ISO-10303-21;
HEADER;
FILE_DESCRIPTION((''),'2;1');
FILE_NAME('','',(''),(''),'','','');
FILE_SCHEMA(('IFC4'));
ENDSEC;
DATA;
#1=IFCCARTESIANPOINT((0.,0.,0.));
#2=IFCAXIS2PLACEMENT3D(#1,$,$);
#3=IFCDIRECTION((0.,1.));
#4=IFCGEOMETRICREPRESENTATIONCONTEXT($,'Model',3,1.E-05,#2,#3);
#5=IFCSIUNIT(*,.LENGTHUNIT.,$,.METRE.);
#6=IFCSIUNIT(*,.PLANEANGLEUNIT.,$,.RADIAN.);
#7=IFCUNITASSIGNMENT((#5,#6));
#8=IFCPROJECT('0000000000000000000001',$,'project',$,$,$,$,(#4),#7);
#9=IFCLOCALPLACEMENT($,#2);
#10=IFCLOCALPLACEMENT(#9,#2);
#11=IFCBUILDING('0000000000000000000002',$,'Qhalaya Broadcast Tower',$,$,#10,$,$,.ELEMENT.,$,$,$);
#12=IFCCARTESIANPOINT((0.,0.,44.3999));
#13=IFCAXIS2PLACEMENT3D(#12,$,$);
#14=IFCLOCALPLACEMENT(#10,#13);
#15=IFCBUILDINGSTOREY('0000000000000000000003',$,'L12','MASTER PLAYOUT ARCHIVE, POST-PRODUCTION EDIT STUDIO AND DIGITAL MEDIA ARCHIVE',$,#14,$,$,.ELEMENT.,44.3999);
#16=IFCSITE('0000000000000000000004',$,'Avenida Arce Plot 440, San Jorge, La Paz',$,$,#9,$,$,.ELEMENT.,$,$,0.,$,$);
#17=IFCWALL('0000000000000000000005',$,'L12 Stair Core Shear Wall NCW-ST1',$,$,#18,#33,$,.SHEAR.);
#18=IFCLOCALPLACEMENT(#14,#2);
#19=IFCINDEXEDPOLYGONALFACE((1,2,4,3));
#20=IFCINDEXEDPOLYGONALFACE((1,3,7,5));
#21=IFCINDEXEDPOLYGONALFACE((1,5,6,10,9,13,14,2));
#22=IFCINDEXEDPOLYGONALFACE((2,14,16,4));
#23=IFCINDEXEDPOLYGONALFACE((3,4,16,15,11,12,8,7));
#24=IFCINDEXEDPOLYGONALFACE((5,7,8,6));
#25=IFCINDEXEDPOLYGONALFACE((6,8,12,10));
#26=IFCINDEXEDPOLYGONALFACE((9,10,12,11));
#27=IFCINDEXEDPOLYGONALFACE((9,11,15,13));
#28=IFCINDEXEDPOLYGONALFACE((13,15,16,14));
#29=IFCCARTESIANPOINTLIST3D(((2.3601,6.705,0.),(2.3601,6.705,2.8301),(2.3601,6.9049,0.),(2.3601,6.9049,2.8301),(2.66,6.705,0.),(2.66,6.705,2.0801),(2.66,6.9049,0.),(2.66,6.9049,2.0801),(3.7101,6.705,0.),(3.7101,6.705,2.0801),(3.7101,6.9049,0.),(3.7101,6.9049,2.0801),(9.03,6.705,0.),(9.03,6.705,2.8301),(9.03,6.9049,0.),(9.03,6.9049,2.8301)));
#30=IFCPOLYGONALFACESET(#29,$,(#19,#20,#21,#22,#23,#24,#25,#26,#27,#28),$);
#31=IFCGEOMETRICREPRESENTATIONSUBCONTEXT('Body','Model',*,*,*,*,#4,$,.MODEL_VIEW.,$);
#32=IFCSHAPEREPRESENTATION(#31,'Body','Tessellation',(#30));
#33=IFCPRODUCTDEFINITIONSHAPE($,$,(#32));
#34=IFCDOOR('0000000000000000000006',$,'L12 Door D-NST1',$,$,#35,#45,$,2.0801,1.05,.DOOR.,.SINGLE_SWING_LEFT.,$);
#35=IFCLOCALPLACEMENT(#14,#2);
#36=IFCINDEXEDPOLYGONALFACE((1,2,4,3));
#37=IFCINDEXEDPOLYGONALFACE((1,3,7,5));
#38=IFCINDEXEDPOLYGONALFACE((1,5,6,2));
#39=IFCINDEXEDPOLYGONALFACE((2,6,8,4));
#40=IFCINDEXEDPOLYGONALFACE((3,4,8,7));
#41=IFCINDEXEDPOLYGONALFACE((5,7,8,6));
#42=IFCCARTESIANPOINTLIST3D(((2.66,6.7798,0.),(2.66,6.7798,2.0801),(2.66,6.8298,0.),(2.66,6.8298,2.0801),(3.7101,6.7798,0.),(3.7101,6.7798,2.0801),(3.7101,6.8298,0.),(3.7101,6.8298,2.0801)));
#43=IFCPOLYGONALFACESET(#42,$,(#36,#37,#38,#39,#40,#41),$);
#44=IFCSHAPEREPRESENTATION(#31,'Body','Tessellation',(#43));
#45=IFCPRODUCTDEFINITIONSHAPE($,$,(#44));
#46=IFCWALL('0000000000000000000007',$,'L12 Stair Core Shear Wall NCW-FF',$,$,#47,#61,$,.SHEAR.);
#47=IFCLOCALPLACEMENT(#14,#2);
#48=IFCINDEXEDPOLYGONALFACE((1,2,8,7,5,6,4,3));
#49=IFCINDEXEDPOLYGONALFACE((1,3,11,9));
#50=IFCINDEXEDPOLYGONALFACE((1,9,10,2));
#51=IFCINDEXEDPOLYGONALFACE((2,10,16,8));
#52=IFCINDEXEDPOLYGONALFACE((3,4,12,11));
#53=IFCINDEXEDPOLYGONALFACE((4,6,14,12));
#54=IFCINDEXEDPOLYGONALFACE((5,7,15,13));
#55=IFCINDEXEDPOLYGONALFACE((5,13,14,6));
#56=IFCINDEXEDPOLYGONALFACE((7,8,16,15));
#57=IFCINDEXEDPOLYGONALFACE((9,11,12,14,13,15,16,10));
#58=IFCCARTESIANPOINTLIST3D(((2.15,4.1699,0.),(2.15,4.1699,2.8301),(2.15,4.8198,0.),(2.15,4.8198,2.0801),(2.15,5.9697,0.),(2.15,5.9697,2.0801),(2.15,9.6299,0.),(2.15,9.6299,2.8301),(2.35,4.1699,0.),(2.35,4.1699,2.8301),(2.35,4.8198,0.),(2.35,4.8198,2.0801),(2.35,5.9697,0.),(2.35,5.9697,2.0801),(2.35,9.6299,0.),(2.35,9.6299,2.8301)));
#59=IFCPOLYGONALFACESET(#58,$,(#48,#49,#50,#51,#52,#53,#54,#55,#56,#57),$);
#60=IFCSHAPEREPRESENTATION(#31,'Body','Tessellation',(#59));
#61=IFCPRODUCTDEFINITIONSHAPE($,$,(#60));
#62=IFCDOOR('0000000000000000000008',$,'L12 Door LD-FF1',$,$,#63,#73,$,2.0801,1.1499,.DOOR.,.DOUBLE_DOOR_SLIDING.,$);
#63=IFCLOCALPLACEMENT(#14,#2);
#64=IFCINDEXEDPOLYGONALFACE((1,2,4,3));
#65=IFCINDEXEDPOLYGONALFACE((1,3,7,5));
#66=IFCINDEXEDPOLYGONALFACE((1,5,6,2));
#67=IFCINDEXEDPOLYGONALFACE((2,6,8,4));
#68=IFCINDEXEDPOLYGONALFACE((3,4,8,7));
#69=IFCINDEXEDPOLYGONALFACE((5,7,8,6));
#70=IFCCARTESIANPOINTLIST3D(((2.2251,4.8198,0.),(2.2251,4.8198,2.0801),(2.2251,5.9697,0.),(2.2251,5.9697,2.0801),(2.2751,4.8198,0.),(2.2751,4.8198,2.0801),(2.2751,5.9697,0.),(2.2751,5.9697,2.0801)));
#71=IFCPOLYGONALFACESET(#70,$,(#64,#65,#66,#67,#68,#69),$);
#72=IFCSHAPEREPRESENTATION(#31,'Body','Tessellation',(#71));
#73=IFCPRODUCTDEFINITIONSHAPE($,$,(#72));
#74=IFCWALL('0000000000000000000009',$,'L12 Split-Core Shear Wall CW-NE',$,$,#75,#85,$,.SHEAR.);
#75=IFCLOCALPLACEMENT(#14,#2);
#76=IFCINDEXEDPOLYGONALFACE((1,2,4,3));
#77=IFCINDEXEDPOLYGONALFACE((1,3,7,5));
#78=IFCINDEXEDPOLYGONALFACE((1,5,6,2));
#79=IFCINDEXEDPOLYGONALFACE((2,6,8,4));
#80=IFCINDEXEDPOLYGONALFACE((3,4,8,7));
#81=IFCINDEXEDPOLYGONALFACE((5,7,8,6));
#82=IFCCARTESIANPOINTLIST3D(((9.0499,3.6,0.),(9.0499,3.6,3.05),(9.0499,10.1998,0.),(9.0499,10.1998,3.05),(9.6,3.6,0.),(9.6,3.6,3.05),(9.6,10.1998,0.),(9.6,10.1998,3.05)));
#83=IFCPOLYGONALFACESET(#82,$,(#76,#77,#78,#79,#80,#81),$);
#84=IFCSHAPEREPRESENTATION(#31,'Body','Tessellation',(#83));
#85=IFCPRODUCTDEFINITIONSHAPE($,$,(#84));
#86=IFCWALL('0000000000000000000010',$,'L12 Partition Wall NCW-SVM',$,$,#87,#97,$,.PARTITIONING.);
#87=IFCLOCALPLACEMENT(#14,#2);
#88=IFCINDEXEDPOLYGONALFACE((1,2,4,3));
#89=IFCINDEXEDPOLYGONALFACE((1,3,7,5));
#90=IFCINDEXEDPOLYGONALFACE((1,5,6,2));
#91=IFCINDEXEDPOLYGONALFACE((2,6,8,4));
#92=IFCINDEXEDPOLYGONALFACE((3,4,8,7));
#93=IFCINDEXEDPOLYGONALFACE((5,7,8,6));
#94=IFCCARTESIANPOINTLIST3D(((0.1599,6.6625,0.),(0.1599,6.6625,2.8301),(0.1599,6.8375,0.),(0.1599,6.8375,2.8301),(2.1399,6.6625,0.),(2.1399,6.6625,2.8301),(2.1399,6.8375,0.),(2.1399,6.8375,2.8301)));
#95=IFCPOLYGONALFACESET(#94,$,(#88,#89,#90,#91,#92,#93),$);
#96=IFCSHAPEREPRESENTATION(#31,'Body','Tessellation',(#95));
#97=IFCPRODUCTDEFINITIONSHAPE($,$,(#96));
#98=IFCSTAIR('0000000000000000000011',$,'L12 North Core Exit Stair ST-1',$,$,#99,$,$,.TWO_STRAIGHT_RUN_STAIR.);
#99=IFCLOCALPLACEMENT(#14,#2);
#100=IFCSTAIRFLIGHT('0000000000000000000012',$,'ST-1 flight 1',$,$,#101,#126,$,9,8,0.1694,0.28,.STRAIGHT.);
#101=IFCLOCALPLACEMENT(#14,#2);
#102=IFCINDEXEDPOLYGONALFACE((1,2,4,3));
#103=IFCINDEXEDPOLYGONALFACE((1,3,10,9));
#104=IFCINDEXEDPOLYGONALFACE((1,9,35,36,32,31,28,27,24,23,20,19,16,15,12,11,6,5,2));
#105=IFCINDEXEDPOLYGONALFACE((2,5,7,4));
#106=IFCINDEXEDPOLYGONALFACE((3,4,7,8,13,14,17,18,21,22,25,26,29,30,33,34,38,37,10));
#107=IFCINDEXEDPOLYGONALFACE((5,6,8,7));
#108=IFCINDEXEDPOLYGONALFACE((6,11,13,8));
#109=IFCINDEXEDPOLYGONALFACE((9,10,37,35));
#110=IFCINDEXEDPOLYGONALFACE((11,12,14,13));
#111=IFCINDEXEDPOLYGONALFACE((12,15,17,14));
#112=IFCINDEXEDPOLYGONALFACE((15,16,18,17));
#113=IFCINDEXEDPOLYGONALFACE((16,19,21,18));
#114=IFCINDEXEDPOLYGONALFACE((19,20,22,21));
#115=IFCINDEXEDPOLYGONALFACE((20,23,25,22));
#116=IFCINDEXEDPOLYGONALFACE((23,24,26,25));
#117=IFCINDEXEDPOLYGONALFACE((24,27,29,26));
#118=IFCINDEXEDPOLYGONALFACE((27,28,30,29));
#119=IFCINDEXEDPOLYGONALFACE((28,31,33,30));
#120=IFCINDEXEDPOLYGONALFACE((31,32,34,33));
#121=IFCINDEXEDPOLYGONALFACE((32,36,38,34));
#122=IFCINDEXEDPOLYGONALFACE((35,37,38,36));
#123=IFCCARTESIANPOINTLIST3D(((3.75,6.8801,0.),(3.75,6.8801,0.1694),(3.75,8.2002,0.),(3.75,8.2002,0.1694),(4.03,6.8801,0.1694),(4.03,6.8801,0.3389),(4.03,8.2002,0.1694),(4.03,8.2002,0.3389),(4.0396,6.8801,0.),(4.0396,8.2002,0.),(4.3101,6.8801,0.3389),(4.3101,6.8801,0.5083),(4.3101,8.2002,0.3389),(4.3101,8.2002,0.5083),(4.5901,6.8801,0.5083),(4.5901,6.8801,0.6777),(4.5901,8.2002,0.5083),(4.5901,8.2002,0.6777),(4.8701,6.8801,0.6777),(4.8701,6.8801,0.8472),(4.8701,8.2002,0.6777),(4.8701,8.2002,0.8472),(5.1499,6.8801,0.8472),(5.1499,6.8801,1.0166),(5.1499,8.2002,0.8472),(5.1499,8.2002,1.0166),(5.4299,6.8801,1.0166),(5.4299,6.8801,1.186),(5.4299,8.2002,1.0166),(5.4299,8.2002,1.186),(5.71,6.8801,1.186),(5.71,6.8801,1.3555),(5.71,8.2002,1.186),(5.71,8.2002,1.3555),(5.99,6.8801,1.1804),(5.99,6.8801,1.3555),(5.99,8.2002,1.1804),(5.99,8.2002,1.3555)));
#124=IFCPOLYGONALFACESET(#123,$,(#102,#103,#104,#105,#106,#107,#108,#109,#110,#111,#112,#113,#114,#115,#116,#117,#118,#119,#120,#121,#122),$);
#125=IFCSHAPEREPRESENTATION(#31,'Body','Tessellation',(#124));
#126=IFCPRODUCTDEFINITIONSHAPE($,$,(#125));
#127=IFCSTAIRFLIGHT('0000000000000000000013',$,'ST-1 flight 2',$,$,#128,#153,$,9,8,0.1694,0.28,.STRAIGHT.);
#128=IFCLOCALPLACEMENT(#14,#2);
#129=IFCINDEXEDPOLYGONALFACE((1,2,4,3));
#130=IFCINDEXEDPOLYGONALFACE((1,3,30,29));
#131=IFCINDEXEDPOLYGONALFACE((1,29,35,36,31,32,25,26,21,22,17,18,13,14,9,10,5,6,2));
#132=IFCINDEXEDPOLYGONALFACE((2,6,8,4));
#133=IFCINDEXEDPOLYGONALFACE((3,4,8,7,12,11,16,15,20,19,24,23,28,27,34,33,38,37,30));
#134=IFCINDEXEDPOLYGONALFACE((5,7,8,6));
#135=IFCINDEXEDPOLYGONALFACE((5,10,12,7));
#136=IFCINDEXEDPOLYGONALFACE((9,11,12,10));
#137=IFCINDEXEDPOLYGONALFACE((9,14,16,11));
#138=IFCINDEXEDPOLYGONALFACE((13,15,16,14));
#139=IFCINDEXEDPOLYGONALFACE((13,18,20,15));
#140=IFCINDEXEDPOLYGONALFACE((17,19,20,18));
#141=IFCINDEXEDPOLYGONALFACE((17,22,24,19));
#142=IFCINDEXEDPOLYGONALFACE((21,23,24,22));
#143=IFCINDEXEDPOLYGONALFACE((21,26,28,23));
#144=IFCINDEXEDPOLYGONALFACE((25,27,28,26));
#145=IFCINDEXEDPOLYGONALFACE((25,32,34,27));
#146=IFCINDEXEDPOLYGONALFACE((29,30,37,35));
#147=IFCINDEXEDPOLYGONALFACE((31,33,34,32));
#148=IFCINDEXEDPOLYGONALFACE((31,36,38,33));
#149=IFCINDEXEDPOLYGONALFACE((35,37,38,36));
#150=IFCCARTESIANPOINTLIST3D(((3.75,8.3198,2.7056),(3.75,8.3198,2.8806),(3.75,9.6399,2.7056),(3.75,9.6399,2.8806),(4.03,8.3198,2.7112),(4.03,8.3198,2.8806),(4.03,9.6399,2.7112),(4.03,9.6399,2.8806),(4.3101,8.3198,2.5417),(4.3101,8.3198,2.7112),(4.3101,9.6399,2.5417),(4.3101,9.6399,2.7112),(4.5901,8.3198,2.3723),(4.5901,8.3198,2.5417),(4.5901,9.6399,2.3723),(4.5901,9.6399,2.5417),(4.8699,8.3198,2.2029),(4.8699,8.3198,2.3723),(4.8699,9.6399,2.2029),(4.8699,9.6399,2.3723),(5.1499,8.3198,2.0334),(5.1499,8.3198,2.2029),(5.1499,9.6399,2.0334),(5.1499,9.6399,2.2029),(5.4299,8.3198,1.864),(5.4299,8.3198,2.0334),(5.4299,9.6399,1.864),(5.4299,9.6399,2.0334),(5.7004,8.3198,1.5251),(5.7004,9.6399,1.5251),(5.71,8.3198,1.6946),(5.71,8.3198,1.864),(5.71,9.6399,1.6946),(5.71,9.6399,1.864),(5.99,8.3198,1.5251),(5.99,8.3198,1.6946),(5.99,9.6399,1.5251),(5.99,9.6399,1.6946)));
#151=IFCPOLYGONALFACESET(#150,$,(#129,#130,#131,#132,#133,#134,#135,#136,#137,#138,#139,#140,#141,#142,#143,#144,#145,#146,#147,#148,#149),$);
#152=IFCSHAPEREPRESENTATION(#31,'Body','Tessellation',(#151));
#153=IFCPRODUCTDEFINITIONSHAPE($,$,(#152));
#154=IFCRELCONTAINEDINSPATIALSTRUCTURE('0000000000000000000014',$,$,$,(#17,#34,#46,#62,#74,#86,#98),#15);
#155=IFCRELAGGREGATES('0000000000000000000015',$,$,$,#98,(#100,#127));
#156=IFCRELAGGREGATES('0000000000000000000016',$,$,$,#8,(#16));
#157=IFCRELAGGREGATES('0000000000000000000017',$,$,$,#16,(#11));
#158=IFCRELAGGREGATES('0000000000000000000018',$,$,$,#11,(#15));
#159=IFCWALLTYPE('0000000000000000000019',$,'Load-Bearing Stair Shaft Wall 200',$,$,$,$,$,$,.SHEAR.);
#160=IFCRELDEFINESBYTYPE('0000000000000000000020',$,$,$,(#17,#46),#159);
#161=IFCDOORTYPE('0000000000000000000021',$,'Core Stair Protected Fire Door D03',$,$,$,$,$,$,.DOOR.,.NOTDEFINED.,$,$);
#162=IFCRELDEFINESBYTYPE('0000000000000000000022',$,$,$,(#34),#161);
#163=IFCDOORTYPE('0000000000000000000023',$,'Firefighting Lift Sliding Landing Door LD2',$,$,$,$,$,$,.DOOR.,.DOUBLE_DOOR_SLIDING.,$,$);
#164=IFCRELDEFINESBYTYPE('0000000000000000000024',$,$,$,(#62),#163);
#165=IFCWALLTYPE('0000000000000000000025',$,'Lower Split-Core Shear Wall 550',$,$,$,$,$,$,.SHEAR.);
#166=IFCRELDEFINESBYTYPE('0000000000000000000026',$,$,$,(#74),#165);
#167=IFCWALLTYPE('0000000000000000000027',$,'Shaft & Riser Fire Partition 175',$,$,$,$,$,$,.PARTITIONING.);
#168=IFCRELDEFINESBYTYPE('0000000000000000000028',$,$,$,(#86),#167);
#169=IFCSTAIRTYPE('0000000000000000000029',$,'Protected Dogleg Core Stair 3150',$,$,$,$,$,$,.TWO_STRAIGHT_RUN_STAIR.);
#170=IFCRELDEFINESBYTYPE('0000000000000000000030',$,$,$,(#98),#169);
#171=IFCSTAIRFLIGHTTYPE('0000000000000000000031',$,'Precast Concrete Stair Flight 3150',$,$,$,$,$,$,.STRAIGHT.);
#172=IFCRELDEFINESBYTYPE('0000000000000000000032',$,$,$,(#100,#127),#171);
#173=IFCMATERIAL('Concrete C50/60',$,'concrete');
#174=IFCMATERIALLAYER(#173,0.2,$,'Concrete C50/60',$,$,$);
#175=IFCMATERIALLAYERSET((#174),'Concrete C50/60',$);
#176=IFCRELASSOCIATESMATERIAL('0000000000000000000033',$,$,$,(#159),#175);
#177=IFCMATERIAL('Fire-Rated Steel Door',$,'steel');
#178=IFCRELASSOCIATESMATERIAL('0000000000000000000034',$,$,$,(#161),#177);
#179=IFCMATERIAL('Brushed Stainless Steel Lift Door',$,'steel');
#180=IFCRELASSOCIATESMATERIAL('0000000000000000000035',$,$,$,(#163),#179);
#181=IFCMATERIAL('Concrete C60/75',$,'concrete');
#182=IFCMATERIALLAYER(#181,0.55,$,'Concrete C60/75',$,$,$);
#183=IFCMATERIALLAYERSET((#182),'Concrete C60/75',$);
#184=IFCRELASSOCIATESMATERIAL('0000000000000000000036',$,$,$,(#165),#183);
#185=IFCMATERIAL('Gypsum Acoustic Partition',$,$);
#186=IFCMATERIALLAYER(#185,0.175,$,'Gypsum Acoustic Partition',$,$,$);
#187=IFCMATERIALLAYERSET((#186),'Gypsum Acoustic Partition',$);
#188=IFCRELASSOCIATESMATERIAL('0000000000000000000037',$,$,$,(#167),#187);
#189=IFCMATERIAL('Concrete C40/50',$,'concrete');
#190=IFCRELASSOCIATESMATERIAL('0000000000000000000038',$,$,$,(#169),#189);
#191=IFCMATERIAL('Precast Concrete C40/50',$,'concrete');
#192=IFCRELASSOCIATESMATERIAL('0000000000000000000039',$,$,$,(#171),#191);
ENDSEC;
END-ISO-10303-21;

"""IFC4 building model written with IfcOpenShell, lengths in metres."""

from ifc_helpers import new_model, si_unit, direction, frame, frame_2d, origin, place, context, subcontext, project, spatial, polyline, rectangle, outline, extrude, material, layer, layer_set, type_object, element, fill, aggregate, save


model = new_model("IFC4")

# Units and contexts
model_context = context("Model", 3, precision=1e-05, world=origin(), true_north=direction((0.0, 1.0)))
body_context = subcontext(model_context, "Body", "Model", "MODEL_VIEW")
ifc_project = project(units=[si_unit("LENGTHUNIT", "METRE"), si_unit("PLANEANGLEUNIT", "RADIAN")], contexts=[model_context])

# Site, building, storey
site_placement = place(None, origin())
site = spatial("IfcSite", under=ifc_project, at=site_placement, Name="Avenida Arce Plot 440, San Jorge, La Paz", CompositionType="ELEMENT", RefElevation=0.0)
building_placement = place(site_placement, origin())
building = spatial("IfcBuilding", under=site, at=building_placement, Name="Qhalaya Broadcast Tower", CompositionType="ELEMENT")
storey_placement = place(building_placement, frame((0.0, 0.0, 44.3999)))
storey = spatial("IfcBuildingStorey", under=building, at=storey_placement, Name="L12", Description="MASTER PLAYOUT ARCHIVE, POST-PRODUCTION EDIT STUDIO AND DIGITAL MEDIA ARCHIVE", CompositionType="ELEMENT", Elevation=44.3999)

# Shared definitions
ifc_material_1 = material(Name="Concrete C50/60", Category="concrete")

# Walls, openings, doors
ifc_layer_1 = layer(ifc_material_1, 0.2, Name="Concrete C50/60")
ifc_layer_set_1 = layer_set([ifc_layer_1], Name="Concrete C50/60")
wall_type_1 = type_object("IfcWallType", Name="Load-Bearing Stair Shaft Wall 200", PredefinedType="SHEAR", material=ifc_layer_set_1)
wall_1_placement = place(storey_placement, frame((2.3601, 6.8049, 0.0), z_axis=(0.0, 0.0, 1.0), x_axis=(1.0, 0.0, 0.0)))
wall_1 = element("IfcWall", 1, at=wall_1_placement, inside=storey, type_object=wall_type_1, Name="L12 Stair Core Shear Wall NCW-ST1", PredefinedType="SHEAR", context=body_context, shape_type="SweptSolid", body=[
    extrude(rectangle(XDim=6.6699, YDim=0.2, at=frame_2d((3.335, 0.0))), origin(), (0.0, 0.0, 1.0), 2.8301),
])
opening_1_placement = place(wall_1_placement, frame((0.3, 0.0, 0.0)))
opening_1 = element("IfcOpeningElement", 2, at=opening_1_placement, cuts=wall_1, PredefinedType="OPENING", context=body_context, shape_type="SweptSolid", body=[
    extrude(rectangle(XDim=1.05, YDim=2.0801, at=frame_2d((0.5249, 1.04))), frame((0.0, 0.1121, 0.0), z_axis=(0.0, -1.0, 0.0), x_axis=(1.0, 0.0, 0.0)), (0.0, 0.0, 1.0), 0.2239),
])
ifc_material_2 = material(Name="Fire-Rated Steel Door", Category="steel")
door_type_1 = type_object("IfcDoorType", Name="Core Stair Protected Fire Door D03", OperationType="NOTDEFINED", PredefinedType="DOOR", material=ifc_material_2)
door_1_placement = place(opening_1_placement, origin())
door_1 = element("IfcDoor", 3, at=door_1_placement, inside=storey, type_object=door_type_1, Name="L12 Door D-NST1", OperationType="SINGLE_SWING_LEFT", OverallHeight=2.0801, OverallWidth=1.05, PredefinedType="DOOR", context=body_context, shape_type="SweptSolid", body=[
    extrude(rectangle(XDim=1.05, YDim=2.0801, at=frame_2d((0.5249, 1.04))), frame((0.0, 0.0249, 0.0), z_axis=(0.0, -1.0, 0.0), x_axis=(1.0, 0.0, 0.0)), (0.0, 0.0, 1.0), 0.05),
])
fill(opening_1, door_1)
wall_2_placement = place(storey_placement, frame((2.25, 4.1699, 0.0), z_axis=(0.0, 0.0, 1.0), x_axis=(0.0, 1.0, 0.0)))
wall_2 = element("IfcWall", 4, at=wall_2_placement, inside=storey, type_object=wall_type_1, Name="L12 Stair Core Shear Wall NCW-FF", PredefinedType="SHEAR", context=body_context, shape_type="SweptSolid", body=[
    extrude(rectangle(XDim=5.46, YDim=0.2, at=frame_2d((2.73, 0.0))), origin(), (0.0, 0.0, 1.0), 2.8301),
])
opening_2_placement = place(wall_2_placement, frame((0.6499, 0.0, 0.0)))
opening_2 = element("IfcOpeningElement", 5, at=opening_2_placement, cuts=wall_2, PredefinedType="OPENING", context=body_context, shape_type="SweptSolid", body=[
    extrude(rectangle(XDim=1.1499, YDim=2.0801, at=frame_2d((0.575, 1.04))), frame((0.0, 0.1121, 0.0), z_axis=(0.0, -1.0, 0.0), x_axis=(1.0, 0.0, 0.0)), (0.0, 0.0, 1.0), 0.2239),
])
ifc_material_3 = material(Name="Brushed Stainless Steel Lift Door", Category="steel")
door_type_2 = type_object("IfcDoorType", Name="Firefighting Lift Sliding Landing Door LD2", OperationType="DOUBLE_DOOR_SLIDING", PredefinedType="DOOR", material=ifc_material_3)
door_2_placement = place(opening_2_placement, origin())
door_2 = element("IfcDoor", 6, at=door_2_placement, inside=storey, type_object=door_type_2, Name="L12 Door LD-FF1", OperationType="DOUBLE_DOOR_SLIDING", OverallHeight=2.0801, OverallWidth=1.1499, PredefinedType="DOOR", context=body_context, shape_type="SweptSolid", body=[
    extrude(rectangle(XDim=1.1499, YDim=2.0801, at=frame_2d((0.575, 1.04))), frame((0.0, 0.0249, 0.0), z_axis=(0.0, -1.0, 0.0), x_axis=(1.0, 0.0, 0.0)), (0.0, 0.0, 1.0), 0.05),
])
fill(opening_2, door_2)

# Wall
ifc_material_4 = material(Name="Concrete C60/75", Category="concrete")
ifc_layer_2 = layer(ifc_material_4, 0.55, Name="Concrete C60/75")
ifc_layer_set_2 = layer_set([ifc_layer_2], Name="Concrete C60/75")
wall_type_2 = type_object("IfcWallType", Name="Lower Split-Core Shear Wall 550", PredefinedType="SHEAR", material=ifc_layer_set_2)
wall_3_placement = place(storey_placement, frame((9.325, 3.6001, 0.0), z_axis=(0.0, 0.0, 1.0), x_axis=(0.0, 1.0, 0.0)))
element("IfcWall", 7, at=wall_3_placement, inside=storey, type_object=wall_type_2, Name="L12 Split-Core Shear Wall CW-NE", PredefinedType="SHEAR", context=body_context, shape_type="SweptSolid", body=[
    extrude(rectangle(XDim=6.5999, YDim=0.55, at=frame_2d((3.2998, 0.0))), origin(), (0.0, 0.0, 1.0), 3.05),
])

# Shared definitions
ifc_material_5 = material(Name="Gypsum Acoustic Partition")
ifc_layer_3 = layer(ifc_material_5, 0.175, Name="Gypsum Acoustic Partition")
ifc_layer_set_3 = layer_set([ifc_layer_3], Name="Gypsum Acoustic Partition")
wall_type_3 = type_object("IfcWallType", Name="Shaft & Riser Fire Partition 175", PredefinedType="PARTITIONING", material=ifc_layer_set_3)

# Wall
wall_4_placement = place(storey_placement, frame((0.1599, 6.75, 0.0), z_axis=(0.0, 0.0, 1.0), x_axis=(1.0, 0.0, 0.0)))
element("IfcWall", 8, at=wall_4_placement, inside=storey, type_object=wall_type_3, Name="L12 Partition Wall NCW-SVM", PredefinedType="PARTITIONING", context=body_context, shape_type="SweptSolid", body=[
    extrude(rectangle(XDim=1.98, YDim=0.175, at=frame_2d((0.99, 0.0))), origin(), (0.0, 0.0, 1.0), 2.8301),
])

# Stair, stair flights
ifc_material_6 = material(Name="Concrete C40/50", Category="concrete")
stair_type = type_object("IfcStairType", Name="Protected Dogleg Core Stair 3150", PredefinedType="TWO_STRAIGHT_RUN_STAIR", material=ifc_material_6)
stair_placement = place(storey_placement, origin())
stair = element("IfcStair", 9, at=stair_placement, inside=storey, type_object=stair_type, Name="L12 North Core Exit Stair ST-1", PredefinedType="TWO_STRAIGHT_RUN_STAIR")
ifc_material_7 = material(Name="Precast Concrete C40/50", Category="concrete")
stair_flight_type = type_object("IfcStairFlightType", Name="Precast Concrete Stair Flight 3150", PredefinedType="STRAIGHT", material=ifc_material_7)
stair_flight_1_placement = place(storey_placement, frame((3.75, 7.54, 0.0), z_axis=(0.0, 0.0, 1.0), x_axis=(1.0, 0.0, 0.0)))
stair_flight_1 = element("IfcStairFlight", 10, at=stair_flight_1_placement, type_object=stair_flight_type, Name="ST-1 flight 1", NumberOfRisers=9, NumberOfTreads=8, PredefinedType="STRAIGHT", RiserHeight=0.1694, TreadLength=0.28, context=body_context, shape_type="SweptSolid", body=[
    extrude(outline(polyline([(0.0, 0.0), (0.0, 0.1694), (0.28, 0.1694), (0.28, 0.3389), (0.5601, 0.3389), (0.5601, 0.5083), (0.8401, 0.5083), (0.8401, 0.6777), (1.1201, 0.6777), (1.1201, 0.8472), (1.3999, 0.8472), (1.3999, 1.0166), (1.6799, 1.0166), (1.6799, 1.186), (1.96, 1.186), (1.96, 1.3555), (2.24, 1.3555), (2.24, 1.5249), (2.24, 1.1804), (0.2896, 0.0), (0.0, 0.0)])), frame((0.0, 0.6602, 0.0), z_axis=(0.0, -1.0, 0.0), x_axis=(1.0, 0.0, 0.0)), (0.0, 0.0, 1.0), 1.3201),
])
stair_flight_2_placement = place(storey_placement, frame((5.99, 8.98, 1.5251), z_axis=(0.0, 0.0, 1.0), x_axis=(-1.0, 0.0, 0.0)))
stair_flight_2 = element("IfcStairFlight", 11, at=stair_flight_2_placement, type_object=stair_flight_type, Name="ST-1 flight 2", NumberOfRisers=9, NumberOfTreads=8, PredefinedType="STRAIGHT", RiserHeight=0.1694, TreadLength=0.28, context=body_context, shape_type="SweptSolid", body=[
    extrude(outline(polyline([(0.0, 0.0), (0.0, 0.1694), (0.28, 0.1694), (0.28, 0.3389), (0.5601, 0.3389), (0.5601, 0.5083), (0.8401, 0.5083), (0.8401, 0.6777), (1.1201, 0.6777), (1.1201, 0.8472), (1.3999, 0.8472), (1.3999, 1.0166), (1.6799, 1.0166), (1.6799, 1.186), (1.96, 1.186), (1.96, 1.3555), (2.24, 1.3555), (2.24, 1.5249), (2.24, 1.1804), (0.2896, 0.0), (0.0, 0.0)])), frame((0.0, 0.6602, 0.0), z_axis=(0.0, -1.0, 0.0), x_axis=(1.0, 0.0, 0.0)), (0.0, 0.0, 1.0), 1.3201),
])
aggregate(stair, [stair_flight_1, stair_flight_2])

save(model, "model.ifc")
